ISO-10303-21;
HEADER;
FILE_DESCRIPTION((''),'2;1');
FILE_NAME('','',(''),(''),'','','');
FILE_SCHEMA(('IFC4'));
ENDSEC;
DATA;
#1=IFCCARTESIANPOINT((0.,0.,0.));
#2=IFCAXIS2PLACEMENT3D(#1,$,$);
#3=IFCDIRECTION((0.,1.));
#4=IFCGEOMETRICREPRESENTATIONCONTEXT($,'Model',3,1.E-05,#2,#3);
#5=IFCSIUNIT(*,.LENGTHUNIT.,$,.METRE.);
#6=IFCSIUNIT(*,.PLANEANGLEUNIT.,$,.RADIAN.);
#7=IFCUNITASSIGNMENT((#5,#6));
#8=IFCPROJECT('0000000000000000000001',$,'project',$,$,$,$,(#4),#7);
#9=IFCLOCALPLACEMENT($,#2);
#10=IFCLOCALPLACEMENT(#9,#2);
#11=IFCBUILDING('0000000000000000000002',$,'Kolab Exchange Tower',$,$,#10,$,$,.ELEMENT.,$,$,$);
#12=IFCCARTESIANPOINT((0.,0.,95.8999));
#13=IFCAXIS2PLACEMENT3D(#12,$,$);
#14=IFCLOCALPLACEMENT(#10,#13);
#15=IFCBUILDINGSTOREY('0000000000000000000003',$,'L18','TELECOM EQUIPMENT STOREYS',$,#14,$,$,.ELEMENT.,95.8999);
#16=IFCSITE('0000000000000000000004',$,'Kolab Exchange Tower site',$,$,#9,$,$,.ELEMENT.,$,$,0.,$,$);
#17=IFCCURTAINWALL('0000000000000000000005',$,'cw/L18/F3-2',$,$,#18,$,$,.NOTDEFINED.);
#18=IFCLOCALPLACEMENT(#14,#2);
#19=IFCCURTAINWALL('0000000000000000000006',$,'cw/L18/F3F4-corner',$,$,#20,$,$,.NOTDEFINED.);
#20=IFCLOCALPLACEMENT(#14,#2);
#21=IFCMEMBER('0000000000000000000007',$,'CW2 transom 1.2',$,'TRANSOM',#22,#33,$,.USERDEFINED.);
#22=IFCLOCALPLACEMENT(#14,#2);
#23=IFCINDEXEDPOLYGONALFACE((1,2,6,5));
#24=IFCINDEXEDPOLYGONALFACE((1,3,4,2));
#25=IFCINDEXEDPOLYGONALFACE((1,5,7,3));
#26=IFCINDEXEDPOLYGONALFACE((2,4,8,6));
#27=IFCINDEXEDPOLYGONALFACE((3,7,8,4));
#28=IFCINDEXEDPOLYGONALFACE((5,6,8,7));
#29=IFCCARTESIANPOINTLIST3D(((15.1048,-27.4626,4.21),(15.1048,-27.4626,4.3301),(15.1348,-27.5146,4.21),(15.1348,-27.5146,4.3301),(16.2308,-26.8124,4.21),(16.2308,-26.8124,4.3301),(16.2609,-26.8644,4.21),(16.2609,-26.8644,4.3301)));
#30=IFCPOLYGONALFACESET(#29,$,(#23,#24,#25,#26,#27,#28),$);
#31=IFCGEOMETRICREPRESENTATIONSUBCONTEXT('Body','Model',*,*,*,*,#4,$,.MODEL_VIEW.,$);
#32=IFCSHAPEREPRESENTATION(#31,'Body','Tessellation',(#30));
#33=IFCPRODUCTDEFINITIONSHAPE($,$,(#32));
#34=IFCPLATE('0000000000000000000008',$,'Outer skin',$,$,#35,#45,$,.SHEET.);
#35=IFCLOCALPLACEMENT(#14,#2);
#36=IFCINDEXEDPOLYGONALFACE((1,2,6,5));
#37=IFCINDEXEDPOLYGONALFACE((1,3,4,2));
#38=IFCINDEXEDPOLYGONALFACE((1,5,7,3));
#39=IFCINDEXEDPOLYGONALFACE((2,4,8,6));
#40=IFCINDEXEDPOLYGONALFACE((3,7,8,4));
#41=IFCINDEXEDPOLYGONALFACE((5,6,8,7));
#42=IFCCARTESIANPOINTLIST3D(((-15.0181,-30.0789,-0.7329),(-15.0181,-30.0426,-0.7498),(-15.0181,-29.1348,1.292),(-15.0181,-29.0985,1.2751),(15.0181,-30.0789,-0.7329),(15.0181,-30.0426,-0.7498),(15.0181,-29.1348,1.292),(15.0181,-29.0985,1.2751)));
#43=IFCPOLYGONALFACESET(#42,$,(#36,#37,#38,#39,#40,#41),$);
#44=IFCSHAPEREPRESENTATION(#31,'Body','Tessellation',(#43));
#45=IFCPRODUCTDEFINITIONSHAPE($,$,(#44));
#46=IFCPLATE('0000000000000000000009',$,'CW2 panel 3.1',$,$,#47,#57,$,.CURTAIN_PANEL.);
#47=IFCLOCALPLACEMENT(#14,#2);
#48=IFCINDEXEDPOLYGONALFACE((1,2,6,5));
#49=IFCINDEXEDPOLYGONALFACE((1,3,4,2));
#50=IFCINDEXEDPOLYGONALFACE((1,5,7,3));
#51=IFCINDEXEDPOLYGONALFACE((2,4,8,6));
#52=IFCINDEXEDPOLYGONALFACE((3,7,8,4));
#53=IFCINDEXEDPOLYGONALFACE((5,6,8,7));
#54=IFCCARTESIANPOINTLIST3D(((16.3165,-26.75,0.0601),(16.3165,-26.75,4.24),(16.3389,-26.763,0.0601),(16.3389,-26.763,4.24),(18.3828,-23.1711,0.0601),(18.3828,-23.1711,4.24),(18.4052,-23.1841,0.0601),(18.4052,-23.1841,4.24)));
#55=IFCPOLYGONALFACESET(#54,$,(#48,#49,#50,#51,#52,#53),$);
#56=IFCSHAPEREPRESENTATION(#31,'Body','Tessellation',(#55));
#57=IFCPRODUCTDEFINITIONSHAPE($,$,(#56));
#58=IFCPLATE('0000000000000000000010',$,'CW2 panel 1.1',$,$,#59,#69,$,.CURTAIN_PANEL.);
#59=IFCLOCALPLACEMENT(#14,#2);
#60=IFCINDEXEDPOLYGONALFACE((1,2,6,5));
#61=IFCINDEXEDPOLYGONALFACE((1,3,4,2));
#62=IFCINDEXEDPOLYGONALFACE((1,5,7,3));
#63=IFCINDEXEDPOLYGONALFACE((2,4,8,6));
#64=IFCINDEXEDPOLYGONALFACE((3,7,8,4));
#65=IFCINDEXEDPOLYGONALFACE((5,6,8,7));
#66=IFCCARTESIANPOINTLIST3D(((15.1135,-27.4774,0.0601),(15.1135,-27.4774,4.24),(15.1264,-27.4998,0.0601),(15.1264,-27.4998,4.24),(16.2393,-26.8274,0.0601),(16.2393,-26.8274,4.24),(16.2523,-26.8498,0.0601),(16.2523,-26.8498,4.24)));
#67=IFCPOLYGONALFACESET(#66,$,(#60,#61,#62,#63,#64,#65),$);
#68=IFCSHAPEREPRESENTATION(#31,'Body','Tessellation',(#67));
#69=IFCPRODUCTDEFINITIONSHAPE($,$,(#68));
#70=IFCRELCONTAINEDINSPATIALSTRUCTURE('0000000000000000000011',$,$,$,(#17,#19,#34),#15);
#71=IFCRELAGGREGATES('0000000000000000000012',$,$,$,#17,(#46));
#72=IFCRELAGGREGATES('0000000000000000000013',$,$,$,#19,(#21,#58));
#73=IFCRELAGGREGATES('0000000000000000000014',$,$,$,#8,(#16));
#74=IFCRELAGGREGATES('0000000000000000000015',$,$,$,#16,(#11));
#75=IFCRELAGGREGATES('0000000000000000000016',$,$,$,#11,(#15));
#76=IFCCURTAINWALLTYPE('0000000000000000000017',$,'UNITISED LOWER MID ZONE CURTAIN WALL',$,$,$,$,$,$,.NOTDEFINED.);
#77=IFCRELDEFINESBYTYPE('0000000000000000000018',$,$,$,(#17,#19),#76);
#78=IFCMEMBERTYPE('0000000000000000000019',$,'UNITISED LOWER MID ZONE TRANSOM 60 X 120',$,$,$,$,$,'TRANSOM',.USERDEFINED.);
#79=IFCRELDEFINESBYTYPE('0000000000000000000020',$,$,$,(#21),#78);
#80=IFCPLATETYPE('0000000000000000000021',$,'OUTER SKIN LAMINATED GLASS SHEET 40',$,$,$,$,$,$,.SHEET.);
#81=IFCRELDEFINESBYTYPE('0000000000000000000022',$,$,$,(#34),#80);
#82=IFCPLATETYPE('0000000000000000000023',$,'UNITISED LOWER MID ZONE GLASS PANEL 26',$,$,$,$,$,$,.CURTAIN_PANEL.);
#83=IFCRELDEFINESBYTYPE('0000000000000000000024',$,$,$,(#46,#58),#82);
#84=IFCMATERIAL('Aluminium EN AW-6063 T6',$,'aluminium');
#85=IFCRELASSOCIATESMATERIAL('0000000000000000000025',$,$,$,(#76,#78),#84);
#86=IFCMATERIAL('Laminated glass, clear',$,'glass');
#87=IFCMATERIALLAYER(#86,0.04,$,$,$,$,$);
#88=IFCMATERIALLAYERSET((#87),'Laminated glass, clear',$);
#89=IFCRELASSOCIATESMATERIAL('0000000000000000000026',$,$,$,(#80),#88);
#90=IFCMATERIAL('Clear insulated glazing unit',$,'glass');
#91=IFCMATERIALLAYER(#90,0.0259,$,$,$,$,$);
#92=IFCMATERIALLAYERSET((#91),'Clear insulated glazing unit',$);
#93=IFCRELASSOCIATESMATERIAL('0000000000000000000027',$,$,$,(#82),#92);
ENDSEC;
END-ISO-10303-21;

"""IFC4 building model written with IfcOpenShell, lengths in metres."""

from ifc_helpers import new_model, si_unit, direction, frame, origin, origin_2d, place, context, subcontext, project, spatial, polyline, rectangle, outline, extrude, material, layer, layer_set, material_profile, profile_set, type_object, element, aggregate, save


model = new_model("IFC4")

# Units and contexts
model_context = context("Model", 3, precision=1e-05, world=origin(), true_north=direction((0.0, 1.0)))
body_context = subcontext(model_context, "Body", "Model", "MODEL_VIEW")
ifc_project = project(units=[si_unit("LENGTHUNIT", "METRE"), si_unit("PLANEANGLEUNIT", "RADIAN")], contexts=[model_context])

# Site, building, storey
site_placement = place(None, origin())
site = spatial("IfcSite", under=ifc_project, at=site_placement, Name="Kolab Exchange Tower site", CompositionType="ELEMENT", RefElevation=0.0)
building_placement = place(site_placement, origin())
building = spatial("IfcBuilding", under=site, at=building_placement, Name="Kolab Exchange Tower", CompositionType="ELEMENT")
storey_placement = place(building_placement, frame((0.0, 0.0, 95.8999)))
storey = spatial("IfcBuildingStorey", under=building, at=storey_placement, Name="L18", Description="TELECOM EQUIPMENT STOREYS", CompositionType="ELEMENT", Elevation=95.8999)

# Curtain wall
ifc_material_1 = material(Name="Aluminium EN AW-6063 T6", Category="aluminium")
curtain_wall_type = type_object("IfcCurtainWallType", Name="UNITISED LOWER MID ZONE CURTAIN WALL", PredefinedType="NOTDEFINED", material=ifc_material_1)
curtain_wall_1_placement = place(storey_placement, origin())
curtain_wall_1 = element("IfcCurtainWall", 1, at=curtain_wall_1_placement, inside=storey, type_object=curtain_wall_type, Name="cw/L18/F3-2", PredefinedType="NOTDEFINED")

# Curtain wall
curtain_wall_2_placement = place(storey_placement, origin())
curtain_wall_2 = element("IfcCurtainWall", 2, at=curtain_wall_2_placement, inside=storey, type_object=curtain_wall_type, Name="cw/L18/F3F4-corner", PredefinedType="NOTDEFINED")

# Member
ifc_material_profile_1 = material_profile(ifc_material_1, rectangle(XDim=0.0601, YDim=0.1201, at=origin_2d()), Name="RECT 60X120")
ifc_profile_set_1 = profile_set([ifc_material_profile_1], Name="Aluminium EN AW-6063 T6")
member_type_1 = type_object("IfcMemberType", Name="UNITISED LOWER MID ZONE TRANSOM 60 X 120", ElementType="TRANSOM", PredefinedType="USERDEFINED", material=ifc_profile_set_1)
member_1_placement = place(storey_placement, frame((16.2458, -26.8384, 4.27), z_axis=(-0.866004, -0.500037, 0.0), x_axis=(0.500037, -0.866004, 0.0)))
member_1 = element("IfcMember", 3, at=member_1_placement, type_object=member_type_1, Name="CW2 transom 1.2", ObjectType="TRANSOM", PredefinedType="USERDEFINED", context=body_context, shape_type="SweptSolid", body=[
    extrude(rectangle(XDim=0.0601, YDim=0.1201, at=origin_2d()), origin(), (0.0, 0.0, 1.0), 1.3003),
])

# Plates
ifc_material_2 = material(Name="Laminated glass, clear", Category="glass")
ifc_layer_1 = layer(ifc_material_2, 0.04)
ifc_layer_set_1 = layer_set([ifc_layer_1], Name="Laminated glass, clear")
plate_type_1 = type_object("IfcPlateType", Name="OUTER SKIN LAMINATED GLASS SHEET 40", PredefinedType="SHEET", material=ifc_layer_set_1)
plate_1_placement = place(storey_placement, frame((15.0181, -30.0789, -0.7329), z_axis=(0.0, -0.906331, 0.422568), x_axis=(-1.0, 0.0, 0.0)))
element("IfcPlate", 4, at=plate_1_placement, inside=storey, type_object=plate_type_1, Name="Outer skin", PredefinedType="SHEET", context=body_context, shape_type="SweptSolid", body=[
    extrude(outline(polyline([(0.0, 0.0), (30.0361, 0.0), (30.0361, -2.2342), (0.0, -2.2342), (0.0, 0.0)])), origin(), (0.0, 0.0, -1.0), 0.04),
])
ifc_material_3 = material(Name="Clear insulated glazing unit", Category="glass")
ifc_layer_2 = layer(ifc_material_3, 0.0259)
ifc_layer_set_2 = layer_set([ifc_layer_2], Name="Clear insulated glazing unit")
plate_type_2 = type_object("IfcPlateType", Name="UNITISED LOWER MID ZONE GLASS PANEL 26", PredefinedType="CURTAIN_PANEL", material=ifc_layer_set_2)
plate_2_placement = place(storey_placement, frame((17.3608, -24.967, 0.0601), z_axis=(0.0, 0.0, 1.0), x_axis=(-0.5, -0.866025, 0.0)))
plate_2 = element("IfcPlate", 5, at=plate_2_placement, type_object=plate_type_2, Name="CW2 panel 3.1", PredefinedType="CURTAIN_PANEL", context=body_context, shape_type="SweptSolid", body=[
    extrude(rectangle(XDim=4.1326, YDim=0.0259, at=origin_2d()), origin(), (0.0, 0.0, 1.0), 4.1799),
])
aggregate(curtain_wall_1, [plate_2])
plate_3_placement = place(storey_placement, frame((15.6829, -27.1636, 0.0601), z_axis=(0.0, 0.0, 1.0), x_axis=(-0.866025, -0.5, 0.0)))
plate_3 = element("IfcPlate", 6, at=plate_3_placement, type_object=plate_type_2, Name="CW2 panel 1.1", PredefinedType="CURTAIN_PANEL", context=body_context, shape_type="SweptSolid", body=[
    extrude(rectangle(XDim=1.3, YDim=0.0259, at=origin_2d()), origin(), (0.0, 0.0, 1.0), 4.1799),
])
aggregate(curtain_wall_2, [member_1, plate_3])

save(model, "model.ifc")
